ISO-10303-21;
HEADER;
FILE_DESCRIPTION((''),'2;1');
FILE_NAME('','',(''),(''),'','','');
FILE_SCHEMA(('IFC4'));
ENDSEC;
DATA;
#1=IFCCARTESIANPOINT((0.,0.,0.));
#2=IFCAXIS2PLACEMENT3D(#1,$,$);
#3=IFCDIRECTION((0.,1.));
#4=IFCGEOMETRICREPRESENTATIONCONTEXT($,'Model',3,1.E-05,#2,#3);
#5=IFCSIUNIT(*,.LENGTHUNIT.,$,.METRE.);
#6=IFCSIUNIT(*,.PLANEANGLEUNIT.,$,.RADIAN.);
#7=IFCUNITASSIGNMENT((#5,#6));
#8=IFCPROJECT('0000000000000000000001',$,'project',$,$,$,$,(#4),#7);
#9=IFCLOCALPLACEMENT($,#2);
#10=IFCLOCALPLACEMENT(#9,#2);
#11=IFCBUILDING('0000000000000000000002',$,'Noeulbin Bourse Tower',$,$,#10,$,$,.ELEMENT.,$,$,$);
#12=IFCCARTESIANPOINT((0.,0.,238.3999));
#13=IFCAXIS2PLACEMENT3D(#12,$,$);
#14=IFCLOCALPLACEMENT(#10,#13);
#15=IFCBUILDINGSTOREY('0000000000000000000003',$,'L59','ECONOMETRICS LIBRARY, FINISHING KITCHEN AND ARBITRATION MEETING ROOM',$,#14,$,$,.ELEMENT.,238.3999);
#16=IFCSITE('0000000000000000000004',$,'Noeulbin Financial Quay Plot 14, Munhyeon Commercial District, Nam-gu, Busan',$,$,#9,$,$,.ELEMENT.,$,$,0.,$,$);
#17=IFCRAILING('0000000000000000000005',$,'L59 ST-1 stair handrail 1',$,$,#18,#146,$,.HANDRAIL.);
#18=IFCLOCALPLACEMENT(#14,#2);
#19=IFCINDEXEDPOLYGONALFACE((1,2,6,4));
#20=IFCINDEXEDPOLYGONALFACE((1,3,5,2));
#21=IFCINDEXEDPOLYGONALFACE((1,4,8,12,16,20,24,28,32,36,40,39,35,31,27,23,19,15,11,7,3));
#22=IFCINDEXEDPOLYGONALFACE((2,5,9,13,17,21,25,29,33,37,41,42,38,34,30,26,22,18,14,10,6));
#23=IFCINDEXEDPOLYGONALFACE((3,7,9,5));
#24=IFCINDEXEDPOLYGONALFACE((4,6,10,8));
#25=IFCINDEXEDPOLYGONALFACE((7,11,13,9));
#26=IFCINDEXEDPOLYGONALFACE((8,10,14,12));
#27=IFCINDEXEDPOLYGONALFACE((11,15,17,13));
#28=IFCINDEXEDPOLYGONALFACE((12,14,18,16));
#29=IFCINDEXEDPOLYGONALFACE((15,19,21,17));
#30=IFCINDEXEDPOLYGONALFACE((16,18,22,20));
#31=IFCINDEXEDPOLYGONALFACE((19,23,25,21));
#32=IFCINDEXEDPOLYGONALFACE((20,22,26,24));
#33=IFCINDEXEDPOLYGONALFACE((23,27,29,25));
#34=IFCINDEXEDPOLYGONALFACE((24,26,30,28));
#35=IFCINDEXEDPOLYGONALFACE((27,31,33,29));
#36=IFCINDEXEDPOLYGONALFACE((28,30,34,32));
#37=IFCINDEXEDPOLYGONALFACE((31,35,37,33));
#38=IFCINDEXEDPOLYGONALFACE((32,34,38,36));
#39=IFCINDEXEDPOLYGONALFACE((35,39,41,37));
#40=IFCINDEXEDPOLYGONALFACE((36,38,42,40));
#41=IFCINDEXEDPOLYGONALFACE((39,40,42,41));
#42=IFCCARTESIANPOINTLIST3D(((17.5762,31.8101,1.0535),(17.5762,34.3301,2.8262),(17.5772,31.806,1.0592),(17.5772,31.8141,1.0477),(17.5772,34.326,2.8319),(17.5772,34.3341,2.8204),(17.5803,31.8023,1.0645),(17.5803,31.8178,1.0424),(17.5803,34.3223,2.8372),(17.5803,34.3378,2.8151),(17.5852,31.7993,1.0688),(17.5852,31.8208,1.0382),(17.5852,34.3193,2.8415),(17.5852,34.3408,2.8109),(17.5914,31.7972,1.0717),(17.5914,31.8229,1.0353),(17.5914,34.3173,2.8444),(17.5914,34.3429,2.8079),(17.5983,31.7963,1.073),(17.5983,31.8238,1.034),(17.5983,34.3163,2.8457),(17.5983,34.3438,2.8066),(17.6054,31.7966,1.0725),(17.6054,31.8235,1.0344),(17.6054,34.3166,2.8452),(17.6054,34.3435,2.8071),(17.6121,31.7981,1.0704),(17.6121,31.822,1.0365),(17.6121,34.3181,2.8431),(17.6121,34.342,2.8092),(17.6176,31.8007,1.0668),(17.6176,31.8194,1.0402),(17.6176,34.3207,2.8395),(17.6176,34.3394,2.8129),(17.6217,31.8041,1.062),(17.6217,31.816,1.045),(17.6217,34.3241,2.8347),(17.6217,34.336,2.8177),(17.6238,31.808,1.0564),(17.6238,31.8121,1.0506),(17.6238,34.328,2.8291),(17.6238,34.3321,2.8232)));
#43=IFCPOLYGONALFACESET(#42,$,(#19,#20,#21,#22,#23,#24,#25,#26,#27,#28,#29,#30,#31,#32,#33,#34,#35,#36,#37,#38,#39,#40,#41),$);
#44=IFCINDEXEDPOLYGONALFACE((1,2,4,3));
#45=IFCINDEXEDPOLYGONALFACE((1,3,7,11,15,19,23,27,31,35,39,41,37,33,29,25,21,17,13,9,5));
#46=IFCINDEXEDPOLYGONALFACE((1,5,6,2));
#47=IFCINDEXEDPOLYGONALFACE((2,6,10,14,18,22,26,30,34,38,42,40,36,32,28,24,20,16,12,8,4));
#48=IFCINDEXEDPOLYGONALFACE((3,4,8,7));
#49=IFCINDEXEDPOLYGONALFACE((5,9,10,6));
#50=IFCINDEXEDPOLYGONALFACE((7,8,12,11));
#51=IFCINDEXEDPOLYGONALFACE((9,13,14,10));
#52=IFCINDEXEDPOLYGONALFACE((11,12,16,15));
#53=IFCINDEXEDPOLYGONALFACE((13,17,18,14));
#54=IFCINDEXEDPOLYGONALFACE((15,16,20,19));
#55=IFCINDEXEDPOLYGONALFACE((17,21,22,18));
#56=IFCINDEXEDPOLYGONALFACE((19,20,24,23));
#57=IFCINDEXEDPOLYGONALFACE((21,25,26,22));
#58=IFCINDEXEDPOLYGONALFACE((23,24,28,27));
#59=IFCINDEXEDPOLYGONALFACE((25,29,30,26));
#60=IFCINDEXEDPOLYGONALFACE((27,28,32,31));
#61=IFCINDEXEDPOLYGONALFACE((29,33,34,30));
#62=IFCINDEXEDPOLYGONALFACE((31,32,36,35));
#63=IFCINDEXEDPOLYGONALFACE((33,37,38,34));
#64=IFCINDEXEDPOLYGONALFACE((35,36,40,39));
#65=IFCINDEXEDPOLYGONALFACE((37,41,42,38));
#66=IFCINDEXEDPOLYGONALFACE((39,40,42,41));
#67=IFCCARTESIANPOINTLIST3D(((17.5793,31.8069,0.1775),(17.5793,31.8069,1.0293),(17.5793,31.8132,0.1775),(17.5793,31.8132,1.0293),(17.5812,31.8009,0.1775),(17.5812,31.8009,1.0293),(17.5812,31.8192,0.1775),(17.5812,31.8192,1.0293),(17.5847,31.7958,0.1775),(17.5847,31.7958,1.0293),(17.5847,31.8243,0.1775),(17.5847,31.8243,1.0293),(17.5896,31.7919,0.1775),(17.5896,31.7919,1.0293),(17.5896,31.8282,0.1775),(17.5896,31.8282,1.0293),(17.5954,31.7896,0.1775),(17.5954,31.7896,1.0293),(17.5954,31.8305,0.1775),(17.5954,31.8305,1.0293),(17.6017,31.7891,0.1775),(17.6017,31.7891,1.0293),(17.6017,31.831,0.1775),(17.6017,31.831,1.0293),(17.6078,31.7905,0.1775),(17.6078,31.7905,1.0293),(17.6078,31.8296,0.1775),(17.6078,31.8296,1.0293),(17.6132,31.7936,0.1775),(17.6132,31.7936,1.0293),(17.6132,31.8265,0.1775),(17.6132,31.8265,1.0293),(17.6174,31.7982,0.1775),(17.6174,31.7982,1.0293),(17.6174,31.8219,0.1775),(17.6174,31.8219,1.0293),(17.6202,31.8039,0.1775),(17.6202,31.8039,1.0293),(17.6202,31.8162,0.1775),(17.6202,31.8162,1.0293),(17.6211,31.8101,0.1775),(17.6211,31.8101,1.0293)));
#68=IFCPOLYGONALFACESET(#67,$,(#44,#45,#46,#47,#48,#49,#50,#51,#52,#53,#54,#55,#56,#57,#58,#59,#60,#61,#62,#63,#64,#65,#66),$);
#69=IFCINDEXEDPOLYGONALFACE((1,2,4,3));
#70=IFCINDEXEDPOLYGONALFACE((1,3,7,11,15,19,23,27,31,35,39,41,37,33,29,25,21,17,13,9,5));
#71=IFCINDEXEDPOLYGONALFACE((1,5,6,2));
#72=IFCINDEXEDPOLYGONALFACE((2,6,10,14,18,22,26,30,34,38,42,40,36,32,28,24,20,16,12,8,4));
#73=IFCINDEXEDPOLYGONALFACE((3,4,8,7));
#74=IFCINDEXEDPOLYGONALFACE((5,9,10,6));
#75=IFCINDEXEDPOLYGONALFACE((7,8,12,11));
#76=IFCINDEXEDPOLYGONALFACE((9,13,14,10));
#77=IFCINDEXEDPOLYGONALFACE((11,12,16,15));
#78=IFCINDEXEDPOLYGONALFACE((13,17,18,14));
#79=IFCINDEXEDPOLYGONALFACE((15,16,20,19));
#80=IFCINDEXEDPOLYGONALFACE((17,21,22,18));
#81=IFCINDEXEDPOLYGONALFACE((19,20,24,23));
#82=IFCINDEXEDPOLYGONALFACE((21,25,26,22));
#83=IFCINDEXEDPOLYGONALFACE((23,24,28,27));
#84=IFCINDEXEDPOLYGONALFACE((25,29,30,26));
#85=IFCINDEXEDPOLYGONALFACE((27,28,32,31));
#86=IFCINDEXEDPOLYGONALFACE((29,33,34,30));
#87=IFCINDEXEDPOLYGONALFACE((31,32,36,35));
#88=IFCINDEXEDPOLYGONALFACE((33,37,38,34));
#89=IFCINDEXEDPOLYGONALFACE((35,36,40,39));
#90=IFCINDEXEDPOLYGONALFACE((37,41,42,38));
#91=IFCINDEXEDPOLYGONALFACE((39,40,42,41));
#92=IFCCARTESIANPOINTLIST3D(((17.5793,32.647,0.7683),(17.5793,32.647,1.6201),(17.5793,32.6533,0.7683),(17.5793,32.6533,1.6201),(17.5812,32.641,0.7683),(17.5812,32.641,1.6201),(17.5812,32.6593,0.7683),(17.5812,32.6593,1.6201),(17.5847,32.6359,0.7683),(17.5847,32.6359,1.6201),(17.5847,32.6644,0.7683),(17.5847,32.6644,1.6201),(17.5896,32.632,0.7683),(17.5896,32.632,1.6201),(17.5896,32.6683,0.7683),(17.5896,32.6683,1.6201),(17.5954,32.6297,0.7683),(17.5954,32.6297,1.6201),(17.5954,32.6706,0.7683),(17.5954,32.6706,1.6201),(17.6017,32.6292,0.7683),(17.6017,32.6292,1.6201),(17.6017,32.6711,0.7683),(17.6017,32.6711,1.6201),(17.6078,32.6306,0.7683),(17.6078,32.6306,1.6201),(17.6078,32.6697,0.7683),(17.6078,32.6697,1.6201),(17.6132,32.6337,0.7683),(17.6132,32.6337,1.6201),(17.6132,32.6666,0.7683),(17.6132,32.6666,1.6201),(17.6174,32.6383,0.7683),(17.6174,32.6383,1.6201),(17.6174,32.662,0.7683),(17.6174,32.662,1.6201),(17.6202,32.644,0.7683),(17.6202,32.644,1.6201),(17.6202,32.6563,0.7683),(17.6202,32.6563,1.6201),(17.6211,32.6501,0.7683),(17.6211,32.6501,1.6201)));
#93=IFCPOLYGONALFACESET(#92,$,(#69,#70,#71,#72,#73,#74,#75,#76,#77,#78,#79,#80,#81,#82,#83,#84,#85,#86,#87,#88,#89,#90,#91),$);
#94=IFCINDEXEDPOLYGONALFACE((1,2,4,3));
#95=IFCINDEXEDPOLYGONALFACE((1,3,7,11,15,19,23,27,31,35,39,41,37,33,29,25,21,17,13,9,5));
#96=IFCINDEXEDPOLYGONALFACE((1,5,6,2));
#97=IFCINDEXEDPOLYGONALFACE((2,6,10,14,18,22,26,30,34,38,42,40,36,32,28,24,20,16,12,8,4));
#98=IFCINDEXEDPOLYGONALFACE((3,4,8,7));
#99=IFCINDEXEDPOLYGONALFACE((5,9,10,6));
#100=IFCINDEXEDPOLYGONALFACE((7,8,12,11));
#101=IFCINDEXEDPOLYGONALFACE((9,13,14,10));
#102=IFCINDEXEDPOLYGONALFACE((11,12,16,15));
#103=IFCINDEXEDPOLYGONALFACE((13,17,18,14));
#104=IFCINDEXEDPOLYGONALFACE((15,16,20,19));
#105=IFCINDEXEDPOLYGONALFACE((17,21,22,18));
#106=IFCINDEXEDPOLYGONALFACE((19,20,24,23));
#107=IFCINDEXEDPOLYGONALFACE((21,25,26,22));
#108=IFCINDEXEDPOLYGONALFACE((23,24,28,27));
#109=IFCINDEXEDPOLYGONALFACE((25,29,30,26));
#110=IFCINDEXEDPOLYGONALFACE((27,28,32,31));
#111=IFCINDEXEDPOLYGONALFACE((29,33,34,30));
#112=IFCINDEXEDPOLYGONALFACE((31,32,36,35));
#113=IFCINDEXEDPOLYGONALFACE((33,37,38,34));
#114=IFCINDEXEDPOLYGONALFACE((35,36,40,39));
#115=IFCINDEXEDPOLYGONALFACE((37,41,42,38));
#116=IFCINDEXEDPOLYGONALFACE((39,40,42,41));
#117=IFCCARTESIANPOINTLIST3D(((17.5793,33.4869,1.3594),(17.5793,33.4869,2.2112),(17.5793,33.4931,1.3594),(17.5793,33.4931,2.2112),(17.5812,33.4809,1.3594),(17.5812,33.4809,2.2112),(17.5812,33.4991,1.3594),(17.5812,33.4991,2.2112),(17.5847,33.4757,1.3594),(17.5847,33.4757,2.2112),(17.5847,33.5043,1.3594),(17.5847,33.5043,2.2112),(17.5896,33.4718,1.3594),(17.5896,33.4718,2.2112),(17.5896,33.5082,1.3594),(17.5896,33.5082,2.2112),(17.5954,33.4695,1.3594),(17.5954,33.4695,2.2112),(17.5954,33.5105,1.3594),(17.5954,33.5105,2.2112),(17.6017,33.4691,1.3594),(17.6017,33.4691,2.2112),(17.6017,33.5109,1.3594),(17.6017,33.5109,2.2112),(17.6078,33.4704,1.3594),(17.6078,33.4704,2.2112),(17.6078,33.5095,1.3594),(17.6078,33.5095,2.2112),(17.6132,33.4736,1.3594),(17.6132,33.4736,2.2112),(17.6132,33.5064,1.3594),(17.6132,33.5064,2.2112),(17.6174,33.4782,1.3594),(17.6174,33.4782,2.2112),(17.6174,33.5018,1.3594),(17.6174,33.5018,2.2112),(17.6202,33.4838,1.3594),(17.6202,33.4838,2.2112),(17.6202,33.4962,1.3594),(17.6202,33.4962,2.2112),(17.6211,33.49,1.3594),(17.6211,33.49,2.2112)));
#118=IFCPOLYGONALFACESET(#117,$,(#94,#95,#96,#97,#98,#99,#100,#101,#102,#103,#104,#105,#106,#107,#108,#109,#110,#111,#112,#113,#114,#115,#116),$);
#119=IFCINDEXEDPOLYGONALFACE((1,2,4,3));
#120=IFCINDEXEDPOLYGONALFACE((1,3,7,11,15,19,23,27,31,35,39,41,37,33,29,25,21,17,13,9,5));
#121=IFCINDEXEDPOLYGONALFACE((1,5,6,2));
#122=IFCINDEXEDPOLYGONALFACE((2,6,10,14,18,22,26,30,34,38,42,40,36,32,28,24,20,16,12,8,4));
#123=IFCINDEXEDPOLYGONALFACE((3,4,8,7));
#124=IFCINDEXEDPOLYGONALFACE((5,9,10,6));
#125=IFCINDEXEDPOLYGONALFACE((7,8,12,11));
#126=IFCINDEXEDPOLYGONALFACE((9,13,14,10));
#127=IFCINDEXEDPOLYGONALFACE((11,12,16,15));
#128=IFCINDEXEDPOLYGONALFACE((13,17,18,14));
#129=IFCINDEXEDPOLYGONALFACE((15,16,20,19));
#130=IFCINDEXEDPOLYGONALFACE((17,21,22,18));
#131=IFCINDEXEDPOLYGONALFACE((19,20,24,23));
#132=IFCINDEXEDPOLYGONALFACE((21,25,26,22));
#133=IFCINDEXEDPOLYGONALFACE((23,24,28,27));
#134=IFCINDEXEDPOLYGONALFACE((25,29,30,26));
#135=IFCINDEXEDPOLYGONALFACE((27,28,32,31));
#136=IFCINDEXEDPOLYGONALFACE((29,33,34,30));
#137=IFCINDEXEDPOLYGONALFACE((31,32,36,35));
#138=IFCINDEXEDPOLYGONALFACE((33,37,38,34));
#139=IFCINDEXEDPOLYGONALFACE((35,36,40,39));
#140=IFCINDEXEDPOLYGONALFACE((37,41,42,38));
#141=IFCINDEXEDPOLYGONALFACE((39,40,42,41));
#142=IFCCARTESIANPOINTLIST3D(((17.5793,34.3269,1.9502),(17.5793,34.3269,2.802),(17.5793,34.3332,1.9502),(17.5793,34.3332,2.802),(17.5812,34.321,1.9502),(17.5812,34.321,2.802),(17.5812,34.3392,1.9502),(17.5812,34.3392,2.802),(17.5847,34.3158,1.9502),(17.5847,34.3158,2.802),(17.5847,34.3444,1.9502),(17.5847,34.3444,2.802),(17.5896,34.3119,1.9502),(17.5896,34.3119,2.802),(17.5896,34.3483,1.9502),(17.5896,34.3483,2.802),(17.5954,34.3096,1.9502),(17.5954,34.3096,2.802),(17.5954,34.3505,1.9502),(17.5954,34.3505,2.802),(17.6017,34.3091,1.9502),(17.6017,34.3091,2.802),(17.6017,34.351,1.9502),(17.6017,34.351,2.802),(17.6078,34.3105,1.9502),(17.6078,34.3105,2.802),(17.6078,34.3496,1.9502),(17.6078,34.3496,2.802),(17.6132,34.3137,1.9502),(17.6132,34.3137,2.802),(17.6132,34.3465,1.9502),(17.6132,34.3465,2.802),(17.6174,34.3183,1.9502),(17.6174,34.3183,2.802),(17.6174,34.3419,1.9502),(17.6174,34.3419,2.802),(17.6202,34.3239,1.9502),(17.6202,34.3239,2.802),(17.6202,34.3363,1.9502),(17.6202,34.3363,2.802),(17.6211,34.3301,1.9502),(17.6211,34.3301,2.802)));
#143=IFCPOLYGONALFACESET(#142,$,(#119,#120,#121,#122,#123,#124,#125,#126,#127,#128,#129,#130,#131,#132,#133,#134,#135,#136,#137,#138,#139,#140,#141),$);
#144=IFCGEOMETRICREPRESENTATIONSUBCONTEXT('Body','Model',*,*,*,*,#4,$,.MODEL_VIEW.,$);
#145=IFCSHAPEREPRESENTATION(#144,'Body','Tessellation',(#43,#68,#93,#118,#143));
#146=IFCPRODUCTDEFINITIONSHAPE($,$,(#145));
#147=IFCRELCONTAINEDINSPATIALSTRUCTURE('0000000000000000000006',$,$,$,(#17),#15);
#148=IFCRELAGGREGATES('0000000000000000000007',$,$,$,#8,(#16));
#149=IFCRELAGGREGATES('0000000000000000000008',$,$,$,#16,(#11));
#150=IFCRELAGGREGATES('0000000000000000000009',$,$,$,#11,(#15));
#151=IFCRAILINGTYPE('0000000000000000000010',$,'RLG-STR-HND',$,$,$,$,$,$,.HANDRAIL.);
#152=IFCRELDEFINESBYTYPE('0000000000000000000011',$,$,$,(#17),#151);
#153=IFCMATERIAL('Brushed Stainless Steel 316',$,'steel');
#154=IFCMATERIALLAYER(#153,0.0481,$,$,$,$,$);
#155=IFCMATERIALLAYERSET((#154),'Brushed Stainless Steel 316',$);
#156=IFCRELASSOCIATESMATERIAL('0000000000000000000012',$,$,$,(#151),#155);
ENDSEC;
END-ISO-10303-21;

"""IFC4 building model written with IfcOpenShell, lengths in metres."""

from ifc_helpers import new_model, si_unit, direction, frame, origin, origin_2d, place, context, subcontext, project, spatial, circle, extrude, material, layer, layer_set, type_object, element, save


model = new_model("IFC4")

# Units and contexts
model_context = context("Model", 3, precision=1e-05, world=origin(), true_north=direction((0.0, 1.0)))
body_context = subcontext(model_context, "Body", "Model", "MODEL_VIEW")
ifc_project = project(units=[si_unit("LENGTHUNIT", "METRE"), si_unit("PLANEANGLEUNIT", "RADIAN")], contexts=[model_context])

# Site, building, storey
site_placement = place(None, origin())
site = spatial("IfcSite", under=ifc_project, at=site_placement, Name="Noeulbin Financial Quay Plot 14, Munhyeon Commercial District, Nam-gu, Busan", CompositionType="ELEMENT", RefElevation=0.0)
building_placement = place(site_placement, origin())
building = spatial("IfcBuilding", under=site, at=building_placement, Name="Noeulbin Bourse Tower", CompositionType="ELEMENT")
storey_placement = place(building_placement, frame((0.0, 0.0, 238.3999)))
storey = spatial("IfcBuildingStorey", under=building, at=storey_placement, Name="L59", Description="ECONOMETRICS LIBRARY, FINISHING KITCHEN AND ARBITRATION MEETING ROOM", CompositionType="ELEMENT", Elevation=238.3999)

# Railing
ifc_material_1 = material(Name="Brushed Stainless Steel 316", Category="steel")
ifc_layer_1 = layer(ifc_material_1, 0.0481)
ifc_layer_set_1 = layer_set([ifc_layer_1], Name="Brushed Stainless Steel 316")
railing_type_1 = type_object("IfcRailingType", Name="RLG-STR-HND", PredefinedType="HANDRAIL", material=ifc_layer_set_1)
railing_1_placement = place(storey_placement, frame((17.6001, 31.8101, 0.1775)))
element("IfcRailing", 1, at=railing_1_placement, inside=storey, type_object=railing_type_1, Name="L59 ST-1 stair handrail 1", PredefinedType="HANDRAIL", context=body_context, shape_type="SweptSolid", body=[
    extrude(circle(Radius=0.0239, at=origin_2d()), frame((0.0, 0.0, 0.876), z_axis=(0.0, 0.817904, 0.575354), x_axis=(-1.0, 0.0, 0.0)), (0.0, 0.0, 1.0), 3.0811),
    extrude(circle(Radius=0.021, at=origin_2d()), origin(), (0.0, 0.0, 1.0), 0.8518),
    extrude(circle(Radius=0.021, at=origin_2d()), frame((0.0, 0.8401, 0.5908)), (0.0, 0.0, 1.0), 0.8518),
    extrude(circle(Radius=0.021, at=origin_2d()), frame((0.0, 1.6799, 1.1819)), (0.0, 0.0, 1.0), 0.8518),
    extrude(circle(Radius=0.021, at=origin_2d()), frame((0.0, 2.52, 1.7727)), (0.0, 0.0, 1.0), 0.8518),
])

save(model, "model.ifc")
